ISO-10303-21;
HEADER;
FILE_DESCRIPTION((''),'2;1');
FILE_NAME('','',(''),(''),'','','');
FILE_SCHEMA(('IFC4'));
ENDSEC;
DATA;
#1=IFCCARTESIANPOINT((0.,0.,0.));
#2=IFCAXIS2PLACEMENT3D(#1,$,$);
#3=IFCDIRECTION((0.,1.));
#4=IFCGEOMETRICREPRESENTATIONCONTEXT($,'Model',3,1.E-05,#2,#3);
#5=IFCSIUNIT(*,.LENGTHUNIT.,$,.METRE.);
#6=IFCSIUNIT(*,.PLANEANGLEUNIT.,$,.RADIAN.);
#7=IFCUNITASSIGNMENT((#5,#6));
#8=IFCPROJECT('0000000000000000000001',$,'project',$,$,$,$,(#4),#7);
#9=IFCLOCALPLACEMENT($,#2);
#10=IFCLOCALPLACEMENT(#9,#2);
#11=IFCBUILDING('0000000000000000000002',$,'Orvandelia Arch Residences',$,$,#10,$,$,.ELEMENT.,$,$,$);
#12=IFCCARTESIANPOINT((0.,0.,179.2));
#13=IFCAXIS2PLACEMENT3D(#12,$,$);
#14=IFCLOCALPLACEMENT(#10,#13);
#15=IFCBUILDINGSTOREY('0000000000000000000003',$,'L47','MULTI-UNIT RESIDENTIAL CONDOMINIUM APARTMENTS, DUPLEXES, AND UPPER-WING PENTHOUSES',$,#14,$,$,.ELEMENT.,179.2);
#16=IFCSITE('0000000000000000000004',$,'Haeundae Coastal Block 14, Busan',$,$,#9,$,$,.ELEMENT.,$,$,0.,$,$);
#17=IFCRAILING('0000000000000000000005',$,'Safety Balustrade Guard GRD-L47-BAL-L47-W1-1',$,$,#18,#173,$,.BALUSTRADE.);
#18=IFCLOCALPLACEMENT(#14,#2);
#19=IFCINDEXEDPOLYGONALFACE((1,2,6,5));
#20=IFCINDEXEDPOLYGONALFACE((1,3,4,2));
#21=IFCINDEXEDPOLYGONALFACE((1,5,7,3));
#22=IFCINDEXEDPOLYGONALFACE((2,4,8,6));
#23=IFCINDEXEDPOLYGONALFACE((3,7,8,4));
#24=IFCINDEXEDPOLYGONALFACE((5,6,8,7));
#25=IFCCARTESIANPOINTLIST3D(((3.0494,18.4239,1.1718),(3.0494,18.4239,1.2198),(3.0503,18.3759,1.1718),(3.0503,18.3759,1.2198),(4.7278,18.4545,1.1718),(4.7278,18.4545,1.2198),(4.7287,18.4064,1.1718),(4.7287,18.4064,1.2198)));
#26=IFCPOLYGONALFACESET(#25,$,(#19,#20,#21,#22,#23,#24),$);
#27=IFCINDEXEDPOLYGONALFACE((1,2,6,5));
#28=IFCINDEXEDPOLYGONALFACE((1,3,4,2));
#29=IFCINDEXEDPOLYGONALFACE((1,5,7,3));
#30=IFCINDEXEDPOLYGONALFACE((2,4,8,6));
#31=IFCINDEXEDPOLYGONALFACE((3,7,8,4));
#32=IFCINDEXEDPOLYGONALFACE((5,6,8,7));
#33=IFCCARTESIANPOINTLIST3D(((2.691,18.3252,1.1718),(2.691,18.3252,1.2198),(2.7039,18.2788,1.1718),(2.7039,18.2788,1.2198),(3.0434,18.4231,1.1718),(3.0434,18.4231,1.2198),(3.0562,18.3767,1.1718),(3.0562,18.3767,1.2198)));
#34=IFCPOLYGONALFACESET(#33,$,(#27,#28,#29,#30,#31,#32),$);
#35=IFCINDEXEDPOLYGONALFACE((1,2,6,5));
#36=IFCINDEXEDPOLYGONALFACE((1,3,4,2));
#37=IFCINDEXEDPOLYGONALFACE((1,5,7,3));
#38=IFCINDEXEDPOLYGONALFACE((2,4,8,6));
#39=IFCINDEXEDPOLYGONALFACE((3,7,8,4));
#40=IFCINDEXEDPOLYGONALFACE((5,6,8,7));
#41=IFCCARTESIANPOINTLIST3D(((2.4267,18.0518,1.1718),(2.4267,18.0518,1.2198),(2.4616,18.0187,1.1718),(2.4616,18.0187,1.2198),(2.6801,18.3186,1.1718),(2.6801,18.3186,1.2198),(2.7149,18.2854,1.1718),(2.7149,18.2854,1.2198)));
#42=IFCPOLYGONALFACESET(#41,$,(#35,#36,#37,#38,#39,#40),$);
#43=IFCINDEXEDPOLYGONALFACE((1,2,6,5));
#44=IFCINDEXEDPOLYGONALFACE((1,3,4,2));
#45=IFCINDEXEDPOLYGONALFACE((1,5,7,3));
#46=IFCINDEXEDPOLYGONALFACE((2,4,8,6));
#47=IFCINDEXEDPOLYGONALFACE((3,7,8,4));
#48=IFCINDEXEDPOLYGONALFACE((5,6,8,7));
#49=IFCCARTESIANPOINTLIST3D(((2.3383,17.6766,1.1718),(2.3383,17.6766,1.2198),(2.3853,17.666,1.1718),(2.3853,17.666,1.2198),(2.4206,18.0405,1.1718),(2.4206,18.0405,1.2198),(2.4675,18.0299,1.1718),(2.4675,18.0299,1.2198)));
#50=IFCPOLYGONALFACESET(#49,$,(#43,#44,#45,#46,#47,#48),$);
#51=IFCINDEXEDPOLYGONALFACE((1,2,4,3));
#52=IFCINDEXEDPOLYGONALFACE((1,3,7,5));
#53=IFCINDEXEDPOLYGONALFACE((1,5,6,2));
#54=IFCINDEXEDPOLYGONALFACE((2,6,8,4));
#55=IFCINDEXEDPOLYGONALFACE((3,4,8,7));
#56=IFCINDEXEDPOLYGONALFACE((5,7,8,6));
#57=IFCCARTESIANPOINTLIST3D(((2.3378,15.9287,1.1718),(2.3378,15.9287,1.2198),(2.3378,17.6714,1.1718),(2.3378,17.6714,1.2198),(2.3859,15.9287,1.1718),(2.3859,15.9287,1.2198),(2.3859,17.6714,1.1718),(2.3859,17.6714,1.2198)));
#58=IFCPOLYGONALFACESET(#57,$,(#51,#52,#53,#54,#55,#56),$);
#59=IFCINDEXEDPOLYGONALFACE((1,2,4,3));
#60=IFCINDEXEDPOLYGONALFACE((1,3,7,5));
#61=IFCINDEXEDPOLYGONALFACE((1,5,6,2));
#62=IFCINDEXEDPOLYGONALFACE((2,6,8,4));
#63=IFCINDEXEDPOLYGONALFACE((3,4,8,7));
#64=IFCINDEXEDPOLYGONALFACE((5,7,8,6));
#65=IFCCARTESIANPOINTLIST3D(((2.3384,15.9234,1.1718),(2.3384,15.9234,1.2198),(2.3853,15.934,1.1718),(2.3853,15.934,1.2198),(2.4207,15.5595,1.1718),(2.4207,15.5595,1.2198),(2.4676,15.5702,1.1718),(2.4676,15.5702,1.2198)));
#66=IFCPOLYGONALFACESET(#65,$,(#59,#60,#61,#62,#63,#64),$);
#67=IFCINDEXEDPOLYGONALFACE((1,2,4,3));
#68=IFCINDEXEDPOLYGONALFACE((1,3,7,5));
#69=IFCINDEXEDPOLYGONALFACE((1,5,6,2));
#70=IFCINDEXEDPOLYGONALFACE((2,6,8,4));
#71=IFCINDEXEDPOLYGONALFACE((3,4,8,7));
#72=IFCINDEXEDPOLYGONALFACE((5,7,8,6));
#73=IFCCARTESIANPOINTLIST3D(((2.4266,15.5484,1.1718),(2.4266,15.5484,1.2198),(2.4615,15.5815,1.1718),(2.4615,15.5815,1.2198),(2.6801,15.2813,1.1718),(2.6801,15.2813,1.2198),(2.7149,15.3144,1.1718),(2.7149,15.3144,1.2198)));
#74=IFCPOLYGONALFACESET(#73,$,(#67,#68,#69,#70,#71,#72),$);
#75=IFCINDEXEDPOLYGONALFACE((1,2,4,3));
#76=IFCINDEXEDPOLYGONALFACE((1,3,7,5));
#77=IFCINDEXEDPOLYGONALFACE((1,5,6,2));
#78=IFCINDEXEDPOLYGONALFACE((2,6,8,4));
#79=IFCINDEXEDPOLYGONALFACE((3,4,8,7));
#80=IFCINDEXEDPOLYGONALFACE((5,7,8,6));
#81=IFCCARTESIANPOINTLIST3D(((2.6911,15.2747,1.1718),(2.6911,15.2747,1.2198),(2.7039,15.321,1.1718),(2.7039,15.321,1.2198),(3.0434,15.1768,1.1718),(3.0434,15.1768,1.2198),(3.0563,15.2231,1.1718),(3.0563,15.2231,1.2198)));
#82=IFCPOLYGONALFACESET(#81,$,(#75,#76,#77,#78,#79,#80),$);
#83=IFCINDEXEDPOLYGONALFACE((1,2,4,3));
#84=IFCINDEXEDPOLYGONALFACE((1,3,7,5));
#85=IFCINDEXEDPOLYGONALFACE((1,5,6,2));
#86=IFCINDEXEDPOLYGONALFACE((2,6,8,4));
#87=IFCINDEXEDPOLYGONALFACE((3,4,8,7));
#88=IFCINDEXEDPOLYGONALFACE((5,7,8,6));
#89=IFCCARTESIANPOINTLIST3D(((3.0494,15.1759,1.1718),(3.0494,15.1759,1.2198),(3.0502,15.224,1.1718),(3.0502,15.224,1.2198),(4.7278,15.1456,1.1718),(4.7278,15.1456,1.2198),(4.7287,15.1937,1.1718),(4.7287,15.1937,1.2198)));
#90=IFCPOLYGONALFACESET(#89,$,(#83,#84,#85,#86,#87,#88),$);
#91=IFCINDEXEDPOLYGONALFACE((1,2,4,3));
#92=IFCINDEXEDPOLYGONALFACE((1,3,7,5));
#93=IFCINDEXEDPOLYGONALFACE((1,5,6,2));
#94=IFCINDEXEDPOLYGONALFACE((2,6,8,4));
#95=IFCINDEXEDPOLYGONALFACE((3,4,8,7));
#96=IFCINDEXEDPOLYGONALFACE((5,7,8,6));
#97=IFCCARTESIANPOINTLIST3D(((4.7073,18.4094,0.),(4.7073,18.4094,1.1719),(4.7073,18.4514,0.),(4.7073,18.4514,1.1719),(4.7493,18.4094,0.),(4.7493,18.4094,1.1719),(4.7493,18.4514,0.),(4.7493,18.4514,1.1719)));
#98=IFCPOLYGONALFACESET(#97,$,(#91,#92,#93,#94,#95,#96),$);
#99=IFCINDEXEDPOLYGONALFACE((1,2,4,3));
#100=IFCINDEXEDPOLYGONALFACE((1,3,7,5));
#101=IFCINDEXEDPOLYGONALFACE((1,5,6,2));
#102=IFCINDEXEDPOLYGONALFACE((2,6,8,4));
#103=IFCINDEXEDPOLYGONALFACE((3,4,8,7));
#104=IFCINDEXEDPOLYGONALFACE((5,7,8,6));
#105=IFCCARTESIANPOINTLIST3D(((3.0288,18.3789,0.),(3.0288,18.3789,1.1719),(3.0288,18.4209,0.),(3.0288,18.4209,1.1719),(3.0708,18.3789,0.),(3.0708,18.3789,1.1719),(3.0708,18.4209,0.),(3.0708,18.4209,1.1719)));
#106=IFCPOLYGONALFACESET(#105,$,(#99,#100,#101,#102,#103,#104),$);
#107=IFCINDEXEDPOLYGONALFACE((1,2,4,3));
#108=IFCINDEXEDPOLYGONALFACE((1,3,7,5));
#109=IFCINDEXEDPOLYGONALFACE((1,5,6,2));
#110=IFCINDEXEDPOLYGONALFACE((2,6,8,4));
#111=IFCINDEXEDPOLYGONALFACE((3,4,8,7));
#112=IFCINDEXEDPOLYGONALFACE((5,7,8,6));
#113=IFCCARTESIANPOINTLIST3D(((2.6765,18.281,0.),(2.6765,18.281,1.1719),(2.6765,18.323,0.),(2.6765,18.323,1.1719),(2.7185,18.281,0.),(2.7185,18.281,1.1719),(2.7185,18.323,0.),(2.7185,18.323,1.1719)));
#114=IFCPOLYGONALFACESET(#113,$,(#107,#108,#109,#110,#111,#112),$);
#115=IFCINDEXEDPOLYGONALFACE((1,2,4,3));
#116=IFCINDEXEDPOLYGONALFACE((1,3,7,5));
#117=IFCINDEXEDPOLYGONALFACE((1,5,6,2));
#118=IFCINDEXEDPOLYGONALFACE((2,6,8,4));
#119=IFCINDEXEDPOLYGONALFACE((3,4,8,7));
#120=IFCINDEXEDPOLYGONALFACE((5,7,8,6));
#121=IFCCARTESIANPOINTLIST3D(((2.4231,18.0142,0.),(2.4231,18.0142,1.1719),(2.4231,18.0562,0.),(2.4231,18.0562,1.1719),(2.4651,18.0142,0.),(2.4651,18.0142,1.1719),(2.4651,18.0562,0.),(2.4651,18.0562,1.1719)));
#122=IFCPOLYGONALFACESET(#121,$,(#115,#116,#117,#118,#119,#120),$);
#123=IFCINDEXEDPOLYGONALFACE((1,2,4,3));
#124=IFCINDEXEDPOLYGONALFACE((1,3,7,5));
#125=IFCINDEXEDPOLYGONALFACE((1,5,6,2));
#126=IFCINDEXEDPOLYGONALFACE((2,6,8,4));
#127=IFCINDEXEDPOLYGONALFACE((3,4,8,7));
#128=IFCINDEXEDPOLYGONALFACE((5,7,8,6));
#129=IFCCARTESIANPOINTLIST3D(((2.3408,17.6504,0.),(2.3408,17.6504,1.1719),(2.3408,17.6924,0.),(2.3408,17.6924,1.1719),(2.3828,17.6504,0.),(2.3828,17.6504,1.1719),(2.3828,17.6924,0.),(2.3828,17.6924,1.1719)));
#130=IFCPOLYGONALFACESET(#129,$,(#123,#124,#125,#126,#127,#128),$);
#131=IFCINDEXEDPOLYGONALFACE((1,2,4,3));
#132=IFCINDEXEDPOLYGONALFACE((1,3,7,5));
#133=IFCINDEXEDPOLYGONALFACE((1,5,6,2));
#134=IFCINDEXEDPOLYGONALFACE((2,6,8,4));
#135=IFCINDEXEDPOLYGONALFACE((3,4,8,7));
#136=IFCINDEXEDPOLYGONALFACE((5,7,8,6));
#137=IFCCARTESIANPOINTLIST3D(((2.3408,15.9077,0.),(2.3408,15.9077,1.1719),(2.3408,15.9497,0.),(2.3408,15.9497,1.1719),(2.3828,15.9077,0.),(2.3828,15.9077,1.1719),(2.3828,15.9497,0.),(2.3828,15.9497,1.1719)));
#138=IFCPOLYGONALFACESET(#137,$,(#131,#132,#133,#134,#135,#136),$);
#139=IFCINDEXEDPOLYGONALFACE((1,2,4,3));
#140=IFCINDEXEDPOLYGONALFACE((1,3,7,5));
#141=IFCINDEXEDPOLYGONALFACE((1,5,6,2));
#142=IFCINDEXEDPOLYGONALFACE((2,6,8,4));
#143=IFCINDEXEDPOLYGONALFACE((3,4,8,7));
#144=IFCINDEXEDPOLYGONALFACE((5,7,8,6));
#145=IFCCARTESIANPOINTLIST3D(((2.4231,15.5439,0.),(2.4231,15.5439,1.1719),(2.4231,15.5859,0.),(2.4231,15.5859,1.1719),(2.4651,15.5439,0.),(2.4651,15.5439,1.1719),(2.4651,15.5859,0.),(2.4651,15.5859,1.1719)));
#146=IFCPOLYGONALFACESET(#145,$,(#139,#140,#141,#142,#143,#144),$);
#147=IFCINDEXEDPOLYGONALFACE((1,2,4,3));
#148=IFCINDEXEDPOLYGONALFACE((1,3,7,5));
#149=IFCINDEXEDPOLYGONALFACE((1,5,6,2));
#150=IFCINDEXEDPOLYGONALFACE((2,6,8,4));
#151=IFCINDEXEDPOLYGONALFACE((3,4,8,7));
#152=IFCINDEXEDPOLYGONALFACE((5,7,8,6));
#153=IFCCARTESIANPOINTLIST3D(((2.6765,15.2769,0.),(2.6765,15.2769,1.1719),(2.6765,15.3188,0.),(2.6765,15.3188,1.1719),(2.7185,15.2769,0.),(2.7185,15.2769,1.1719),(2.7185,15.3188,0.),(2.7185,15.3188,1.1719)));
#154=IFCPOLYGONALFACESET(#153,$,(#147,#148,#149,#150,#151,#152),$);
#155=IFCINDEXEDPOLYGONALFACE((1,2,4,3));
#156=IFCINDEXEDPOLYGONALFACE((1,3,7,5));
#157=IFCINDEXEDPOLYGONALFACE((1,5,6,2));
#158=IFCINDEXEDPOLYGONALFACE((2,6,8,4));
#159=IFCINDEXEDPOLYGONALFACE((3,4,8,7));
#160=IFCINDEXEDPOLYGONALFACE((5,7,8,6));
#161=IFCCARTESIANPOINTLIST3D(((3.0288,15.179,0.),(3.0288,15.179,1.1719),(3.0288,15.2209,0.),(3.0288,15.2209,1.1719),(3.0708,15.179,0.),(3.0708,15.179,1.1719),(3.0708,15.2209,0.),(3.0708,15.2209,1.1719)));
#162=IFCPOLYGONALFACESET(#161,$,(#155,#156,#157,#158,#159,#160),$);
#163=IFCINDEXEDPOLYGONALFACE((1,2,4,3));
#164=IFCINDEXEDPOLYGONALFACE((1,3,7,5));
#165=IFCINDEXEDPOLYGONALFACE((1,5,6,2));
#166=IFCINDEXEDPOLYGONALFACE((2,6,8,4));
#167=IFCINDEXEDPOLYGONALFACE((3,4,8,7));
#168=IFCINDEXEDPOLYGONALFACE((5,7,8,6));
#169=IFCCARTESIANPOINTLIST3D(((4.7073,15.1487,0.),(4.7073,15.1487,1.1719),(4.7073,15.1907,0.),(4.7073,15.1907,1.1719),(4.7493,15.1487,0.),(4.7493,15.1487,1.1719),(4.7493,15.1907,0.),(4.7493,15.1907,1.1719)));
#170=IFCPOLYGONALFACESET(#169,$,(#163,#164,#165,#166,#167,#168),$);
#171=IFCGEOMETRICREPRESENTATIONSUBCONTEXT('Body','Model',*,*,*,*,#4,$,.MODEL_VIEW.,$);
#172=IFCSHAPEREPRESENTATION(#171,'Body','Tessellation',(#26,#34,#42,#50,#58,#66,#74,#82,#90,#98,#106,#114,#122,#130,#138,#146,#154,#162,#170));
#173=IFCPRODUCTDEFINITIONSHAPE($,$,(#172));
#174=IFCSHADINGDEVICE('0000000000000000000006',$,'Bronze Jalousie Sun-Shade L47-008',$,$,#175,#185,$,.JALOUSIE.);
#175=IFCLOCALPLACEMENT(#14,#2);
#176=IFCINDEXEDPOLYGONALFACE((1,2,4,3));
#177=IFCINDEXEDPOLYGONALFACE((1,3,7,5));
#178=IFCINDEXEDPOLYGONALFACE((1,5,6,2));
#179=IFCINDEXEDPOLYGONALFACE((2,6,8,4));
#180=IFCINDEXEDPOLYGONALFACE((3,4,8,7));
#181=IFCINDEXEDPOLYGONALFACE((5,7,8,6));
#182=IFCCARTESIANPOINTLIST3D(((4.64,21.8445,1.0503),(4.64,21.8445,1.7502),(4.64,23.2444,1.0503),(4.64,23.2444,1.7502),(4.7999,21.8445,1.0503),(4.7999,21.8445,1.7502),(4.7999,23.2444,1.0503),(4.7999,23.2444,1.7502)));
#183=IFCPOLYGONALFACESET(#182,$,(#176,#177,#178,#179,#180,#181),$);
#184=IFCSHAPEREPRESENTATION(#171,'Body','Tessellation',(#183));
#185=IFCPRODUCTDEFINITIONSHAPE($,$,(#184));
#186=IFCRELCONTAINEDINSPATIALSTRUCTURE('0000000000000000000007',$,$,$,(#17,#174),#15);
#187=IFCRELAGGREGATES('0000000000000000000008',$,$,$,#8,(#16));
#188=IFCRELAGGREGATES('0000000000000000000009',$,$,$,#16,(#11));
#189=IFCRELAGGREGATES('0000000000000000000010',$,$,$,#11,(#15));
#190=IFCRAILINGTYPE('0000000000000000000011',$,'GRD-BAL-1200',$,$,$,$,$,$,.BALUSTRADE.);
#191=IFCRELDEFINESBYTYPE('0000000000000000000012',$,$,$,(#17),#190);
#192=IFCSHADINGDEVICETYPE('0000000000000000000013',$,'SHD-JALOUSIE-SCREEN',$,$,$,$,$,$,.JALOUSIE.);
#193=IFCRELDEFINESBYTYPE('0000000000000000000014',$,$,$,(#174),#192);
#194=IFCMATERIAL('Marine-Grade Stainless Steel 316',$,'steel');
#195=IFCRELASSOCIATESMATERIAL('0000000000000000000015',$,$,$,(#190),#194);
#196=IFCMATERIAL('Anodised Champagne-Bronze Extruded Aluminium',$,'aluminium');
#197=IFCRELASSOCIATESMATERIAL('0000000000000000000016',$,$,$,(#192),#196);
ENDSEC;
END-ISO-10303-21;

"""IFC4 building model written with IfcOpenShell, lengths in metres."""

from ifc_helpers import new_model, si_unit, direction, frame, origin, origin_2d, place, context, subcontext, project, spatial, rectangle, extrude, material, type_object, element, save


model = new_model("IFC4")

# Units and contexts
model_context = context("Model", 3, precision=1e-05, world=origin(), true_north=direction((0.0, 1.0)))
body_context = subcontext(model_context, "Body", "Model", "MODEL_VIEW")
ifc_project = project(units=[si_unit("LENGTHUNIT", "METRE"), si_unit("PLANEANGLEUNIT", "RADIAN")], contexts=[model_context])

# Site, building, storey
site_placement = place(None, origin())
site = spatial("IfcSite", under=ifc_project, at=site_placement, Name="Haeundae Coastal Block 14, Busan", CompositionType="ELEMENT", RefElevation=0.0)
building_placement = place(site_placement, origin())
building = spatial("IfcBuilding", under=site, at=building_placement, Name="Orvandelia Arch Residences", CompositionType="ELEMENT")
storey_placement = place(building_placement, frame((0.0, 0.0, 179.2)))
storey = spatial("IfcBuildingStorey", under=building, at=storey_placement, Name="L47", Description="MULTI-UNIT RESIDENTIAL CONDOMINIUM APARTMENTS, DUPLEXES, AND UPPER-WING PENTHOUSES", CompositionType="ELEMENT", Elevation=179.2)

# Railing
ifc_material_1 = material(Name="Marine-Grade Stainless Steel 316", Category="steel")
railing_type = type_object("IfcRailingType", Name="GRD-BAL-1200", PredefinedType="BALUSTRADE", material=ifc_material_1)
railing_placement = place(storey_placement, frame((4.7283, 18.4304, 0.0)))
element("IfcRailing", 1, at=railing_placement, inside=storey, type_object=railing_type, Name="Safety Balustrade Guard GRD-L47-BAL-L47-W1-1", PredefinedType="BALUSTRADE", context=body_context, shape_type="SweptSolid", body=[
    extrude(rectangle(XDim=0.0481, YDim=0.0481, at=origin_2d()), frame((0.0, 0.0, 1.1958), z_axis=(-0.999835, -0.018179, 0.0), x_axis=(0.018179, -0.999835, 0.0)), (0.0, 0.0, 1.0), 1.6787),
    extrude(rectangle(XDim=0.0481, YDim=0.0481, at=origin_2d()), frame((-1.6785, -0.0305, 1.1958), z_axis=(-0.963489, -0.267747, 0.0), x_axis=(0.267747, -0.963489, 0.0)), (0.0, 0.0, 1.0), 0.3657),
    extrude(rectangle(XDim=0.0481, YDim=0.0481, at=origin_2d()), frame((-2.0308, -0.1284, 1.1958), z_axis=(-0.688627, -0.725115, 0.0), x_axis=(0.725115, -0.688627, 0.0)), (0.0, 0.0, 1.0), 0.3679),
    extrude(rectangle(XDim=0.0481, YDim=0.0481, at=origin_2d()), frame((-2.2842, -0.3953, 1.1958), z_axis=(-0.220602, -0.975364, 0.0), x_axis=(0.975364, -0.220602, 0.0)), (0.0, 0.0, 1.0), 0.373),
    extrude(rectangle(XDim=0.0481, YDim=0.0481, at=origin_2d()), frame((-2.3665, -0.759, 1.1958), z_axis=(0.0, -1.0, 0.0), x_axis=(1.0, 0.0, 0.0)), (0.0, 0.0, 1.0), 1.7427),
    extrude(rectangle(XDim=0.0481, YDim=0.0481, at=origin_2d()), frame((-2.3665, -2.5017, 1.1958), z_axis=(0.220602, -0.975364, 0.0), x_axis=(0.975364, 0.220602, 0.0)), (0.0, 0.0, 1.0), 0.373),
    extrude(rectangle(XDim=0.0481, YDim=0.0481, at=origin_2d()), frame((-2.2842, -2.8655, 1.1958), z_axis=(0.688296, -0.72543, 0.0), x_axis=(0.72543, 0.688296, 0.0)), (0.0, 0.0, 1.0), 0.3682),
    extrude(rectangle(XDim=0.0481, YDim=0.0481, at=origin_2d()), frame((-2.0308, -3.1326, 1.1958), z_axis=(0.963489, -0.267747, 0.0), x_axis=(0.267747, 0.963489, 0.0)), (0.0, 0.0, 1.0), 0.3657),
    extrude(rectangle(XDim=0.0481, YDim=0.0481, at=origin_2d()), frame((-1.6785, -3.2305, 1.1958), z_axis=(0.999837, -0.018033, 0.0), x_axis=(0.018033, 0.999837, 0.0)), (0.0, 0.0, 1.0), 1.6787),
    extrude(rectangle(XDim=0.042, YDim=0.042, at=origin_2d()), origin(), (0.0, 0.0, 1.0), 1.1719),
    extrude(rectangle(XDim=0.042, YDim=0.042, at=origin_2d()), frame((-1.6785, -0.0305, 0.0)), (0.0, 0.0, 1.0), 1.1719),
    extrude(rectangle(XDim=0.042, YDim=0.042, at=origin_2d()), frame((-2.0308, -0.1284, 0.0)), (0.0, 0.0, 1.0), 1.1719),
    extrude(rectangle(XDim=0.042, YDim=0.042, at=origin_2d()), frame((-2.2842, -0.3953, 0.0)), (0.0, 0.0, 1.0), 1.1719),
    extrude(rectangle(XDim=0.042, YDim=0.042, at=origin_2d()), frame((-2.3665, -0.759, 0.0)), (0.0, 0.0, 1.0), 1.1719),
    extrude(rectangle(XDim=0.042, YDim=0.042, at=origin_2d()), frame((-2.3665, -2.5017, 0.0)), (0.0, 0.0, 1.0), 1.1719),
    extrude(rectangle(XDim=0.042, YDim=0.042, at=origin_2d()), frame((-2.2842, -2.8655, 0.0)), (0.0, 0.0, 1.0), 1.1719),
    extrude(rectangle(XDim=0.042, YDim=0.042, at=origin_2d()), frame((-2.0308, -3.1326, 0.0)), (0.0, 0.0, 1.0), 1.1719),
    extrude(rectangle(XDim=0.042, YDim=0.042, at=origin_2d()), frame((-1.6785, -3.2305, 0.0)), (0.0, 0.0, 1.0), 1.1719),
    extrude(rectangle(XDim=0.042, YDim=0.042, at=origin_2d()), frame((0.0, -3.2607, 0.0)), (0.0, 0.0, 1.0), 1.1719),
])

# Shading device
ifc_material_2 = material(Name="Anodised Champagne-Bronze Extruded Aluminium", Category="aluminium")
shading_device_type = type_object("IfcShadingDeviceType", Name="SHD-JALOUSIE-SCREEN", PredefinedType="JALOUSIE", material=ifc_material_2)
shading_device_placement = place(storey_placement, frame((4.72, 22.5444, 1.0503), z_axis=(0.0, 0.0, 1.0), x_axis=(0.0, 1.0, 0.0)))
element("IfcShadingDevice", 2, at=shading_device_placement, inside=storey, type_object=shading_device_type, Name="Bronze Jalousie Sun-Shade L47-008", PredefinedType="JALOUSIE", context=body_context, shape_type="SweptSolid", body=[
    extrude(rectangle(XDim=1.3999, YDim=0.1599, at=origin_2d()), origin(), (0.0, 0.0, 1.0), 0.7),
])

save(model, "model.ifc")
